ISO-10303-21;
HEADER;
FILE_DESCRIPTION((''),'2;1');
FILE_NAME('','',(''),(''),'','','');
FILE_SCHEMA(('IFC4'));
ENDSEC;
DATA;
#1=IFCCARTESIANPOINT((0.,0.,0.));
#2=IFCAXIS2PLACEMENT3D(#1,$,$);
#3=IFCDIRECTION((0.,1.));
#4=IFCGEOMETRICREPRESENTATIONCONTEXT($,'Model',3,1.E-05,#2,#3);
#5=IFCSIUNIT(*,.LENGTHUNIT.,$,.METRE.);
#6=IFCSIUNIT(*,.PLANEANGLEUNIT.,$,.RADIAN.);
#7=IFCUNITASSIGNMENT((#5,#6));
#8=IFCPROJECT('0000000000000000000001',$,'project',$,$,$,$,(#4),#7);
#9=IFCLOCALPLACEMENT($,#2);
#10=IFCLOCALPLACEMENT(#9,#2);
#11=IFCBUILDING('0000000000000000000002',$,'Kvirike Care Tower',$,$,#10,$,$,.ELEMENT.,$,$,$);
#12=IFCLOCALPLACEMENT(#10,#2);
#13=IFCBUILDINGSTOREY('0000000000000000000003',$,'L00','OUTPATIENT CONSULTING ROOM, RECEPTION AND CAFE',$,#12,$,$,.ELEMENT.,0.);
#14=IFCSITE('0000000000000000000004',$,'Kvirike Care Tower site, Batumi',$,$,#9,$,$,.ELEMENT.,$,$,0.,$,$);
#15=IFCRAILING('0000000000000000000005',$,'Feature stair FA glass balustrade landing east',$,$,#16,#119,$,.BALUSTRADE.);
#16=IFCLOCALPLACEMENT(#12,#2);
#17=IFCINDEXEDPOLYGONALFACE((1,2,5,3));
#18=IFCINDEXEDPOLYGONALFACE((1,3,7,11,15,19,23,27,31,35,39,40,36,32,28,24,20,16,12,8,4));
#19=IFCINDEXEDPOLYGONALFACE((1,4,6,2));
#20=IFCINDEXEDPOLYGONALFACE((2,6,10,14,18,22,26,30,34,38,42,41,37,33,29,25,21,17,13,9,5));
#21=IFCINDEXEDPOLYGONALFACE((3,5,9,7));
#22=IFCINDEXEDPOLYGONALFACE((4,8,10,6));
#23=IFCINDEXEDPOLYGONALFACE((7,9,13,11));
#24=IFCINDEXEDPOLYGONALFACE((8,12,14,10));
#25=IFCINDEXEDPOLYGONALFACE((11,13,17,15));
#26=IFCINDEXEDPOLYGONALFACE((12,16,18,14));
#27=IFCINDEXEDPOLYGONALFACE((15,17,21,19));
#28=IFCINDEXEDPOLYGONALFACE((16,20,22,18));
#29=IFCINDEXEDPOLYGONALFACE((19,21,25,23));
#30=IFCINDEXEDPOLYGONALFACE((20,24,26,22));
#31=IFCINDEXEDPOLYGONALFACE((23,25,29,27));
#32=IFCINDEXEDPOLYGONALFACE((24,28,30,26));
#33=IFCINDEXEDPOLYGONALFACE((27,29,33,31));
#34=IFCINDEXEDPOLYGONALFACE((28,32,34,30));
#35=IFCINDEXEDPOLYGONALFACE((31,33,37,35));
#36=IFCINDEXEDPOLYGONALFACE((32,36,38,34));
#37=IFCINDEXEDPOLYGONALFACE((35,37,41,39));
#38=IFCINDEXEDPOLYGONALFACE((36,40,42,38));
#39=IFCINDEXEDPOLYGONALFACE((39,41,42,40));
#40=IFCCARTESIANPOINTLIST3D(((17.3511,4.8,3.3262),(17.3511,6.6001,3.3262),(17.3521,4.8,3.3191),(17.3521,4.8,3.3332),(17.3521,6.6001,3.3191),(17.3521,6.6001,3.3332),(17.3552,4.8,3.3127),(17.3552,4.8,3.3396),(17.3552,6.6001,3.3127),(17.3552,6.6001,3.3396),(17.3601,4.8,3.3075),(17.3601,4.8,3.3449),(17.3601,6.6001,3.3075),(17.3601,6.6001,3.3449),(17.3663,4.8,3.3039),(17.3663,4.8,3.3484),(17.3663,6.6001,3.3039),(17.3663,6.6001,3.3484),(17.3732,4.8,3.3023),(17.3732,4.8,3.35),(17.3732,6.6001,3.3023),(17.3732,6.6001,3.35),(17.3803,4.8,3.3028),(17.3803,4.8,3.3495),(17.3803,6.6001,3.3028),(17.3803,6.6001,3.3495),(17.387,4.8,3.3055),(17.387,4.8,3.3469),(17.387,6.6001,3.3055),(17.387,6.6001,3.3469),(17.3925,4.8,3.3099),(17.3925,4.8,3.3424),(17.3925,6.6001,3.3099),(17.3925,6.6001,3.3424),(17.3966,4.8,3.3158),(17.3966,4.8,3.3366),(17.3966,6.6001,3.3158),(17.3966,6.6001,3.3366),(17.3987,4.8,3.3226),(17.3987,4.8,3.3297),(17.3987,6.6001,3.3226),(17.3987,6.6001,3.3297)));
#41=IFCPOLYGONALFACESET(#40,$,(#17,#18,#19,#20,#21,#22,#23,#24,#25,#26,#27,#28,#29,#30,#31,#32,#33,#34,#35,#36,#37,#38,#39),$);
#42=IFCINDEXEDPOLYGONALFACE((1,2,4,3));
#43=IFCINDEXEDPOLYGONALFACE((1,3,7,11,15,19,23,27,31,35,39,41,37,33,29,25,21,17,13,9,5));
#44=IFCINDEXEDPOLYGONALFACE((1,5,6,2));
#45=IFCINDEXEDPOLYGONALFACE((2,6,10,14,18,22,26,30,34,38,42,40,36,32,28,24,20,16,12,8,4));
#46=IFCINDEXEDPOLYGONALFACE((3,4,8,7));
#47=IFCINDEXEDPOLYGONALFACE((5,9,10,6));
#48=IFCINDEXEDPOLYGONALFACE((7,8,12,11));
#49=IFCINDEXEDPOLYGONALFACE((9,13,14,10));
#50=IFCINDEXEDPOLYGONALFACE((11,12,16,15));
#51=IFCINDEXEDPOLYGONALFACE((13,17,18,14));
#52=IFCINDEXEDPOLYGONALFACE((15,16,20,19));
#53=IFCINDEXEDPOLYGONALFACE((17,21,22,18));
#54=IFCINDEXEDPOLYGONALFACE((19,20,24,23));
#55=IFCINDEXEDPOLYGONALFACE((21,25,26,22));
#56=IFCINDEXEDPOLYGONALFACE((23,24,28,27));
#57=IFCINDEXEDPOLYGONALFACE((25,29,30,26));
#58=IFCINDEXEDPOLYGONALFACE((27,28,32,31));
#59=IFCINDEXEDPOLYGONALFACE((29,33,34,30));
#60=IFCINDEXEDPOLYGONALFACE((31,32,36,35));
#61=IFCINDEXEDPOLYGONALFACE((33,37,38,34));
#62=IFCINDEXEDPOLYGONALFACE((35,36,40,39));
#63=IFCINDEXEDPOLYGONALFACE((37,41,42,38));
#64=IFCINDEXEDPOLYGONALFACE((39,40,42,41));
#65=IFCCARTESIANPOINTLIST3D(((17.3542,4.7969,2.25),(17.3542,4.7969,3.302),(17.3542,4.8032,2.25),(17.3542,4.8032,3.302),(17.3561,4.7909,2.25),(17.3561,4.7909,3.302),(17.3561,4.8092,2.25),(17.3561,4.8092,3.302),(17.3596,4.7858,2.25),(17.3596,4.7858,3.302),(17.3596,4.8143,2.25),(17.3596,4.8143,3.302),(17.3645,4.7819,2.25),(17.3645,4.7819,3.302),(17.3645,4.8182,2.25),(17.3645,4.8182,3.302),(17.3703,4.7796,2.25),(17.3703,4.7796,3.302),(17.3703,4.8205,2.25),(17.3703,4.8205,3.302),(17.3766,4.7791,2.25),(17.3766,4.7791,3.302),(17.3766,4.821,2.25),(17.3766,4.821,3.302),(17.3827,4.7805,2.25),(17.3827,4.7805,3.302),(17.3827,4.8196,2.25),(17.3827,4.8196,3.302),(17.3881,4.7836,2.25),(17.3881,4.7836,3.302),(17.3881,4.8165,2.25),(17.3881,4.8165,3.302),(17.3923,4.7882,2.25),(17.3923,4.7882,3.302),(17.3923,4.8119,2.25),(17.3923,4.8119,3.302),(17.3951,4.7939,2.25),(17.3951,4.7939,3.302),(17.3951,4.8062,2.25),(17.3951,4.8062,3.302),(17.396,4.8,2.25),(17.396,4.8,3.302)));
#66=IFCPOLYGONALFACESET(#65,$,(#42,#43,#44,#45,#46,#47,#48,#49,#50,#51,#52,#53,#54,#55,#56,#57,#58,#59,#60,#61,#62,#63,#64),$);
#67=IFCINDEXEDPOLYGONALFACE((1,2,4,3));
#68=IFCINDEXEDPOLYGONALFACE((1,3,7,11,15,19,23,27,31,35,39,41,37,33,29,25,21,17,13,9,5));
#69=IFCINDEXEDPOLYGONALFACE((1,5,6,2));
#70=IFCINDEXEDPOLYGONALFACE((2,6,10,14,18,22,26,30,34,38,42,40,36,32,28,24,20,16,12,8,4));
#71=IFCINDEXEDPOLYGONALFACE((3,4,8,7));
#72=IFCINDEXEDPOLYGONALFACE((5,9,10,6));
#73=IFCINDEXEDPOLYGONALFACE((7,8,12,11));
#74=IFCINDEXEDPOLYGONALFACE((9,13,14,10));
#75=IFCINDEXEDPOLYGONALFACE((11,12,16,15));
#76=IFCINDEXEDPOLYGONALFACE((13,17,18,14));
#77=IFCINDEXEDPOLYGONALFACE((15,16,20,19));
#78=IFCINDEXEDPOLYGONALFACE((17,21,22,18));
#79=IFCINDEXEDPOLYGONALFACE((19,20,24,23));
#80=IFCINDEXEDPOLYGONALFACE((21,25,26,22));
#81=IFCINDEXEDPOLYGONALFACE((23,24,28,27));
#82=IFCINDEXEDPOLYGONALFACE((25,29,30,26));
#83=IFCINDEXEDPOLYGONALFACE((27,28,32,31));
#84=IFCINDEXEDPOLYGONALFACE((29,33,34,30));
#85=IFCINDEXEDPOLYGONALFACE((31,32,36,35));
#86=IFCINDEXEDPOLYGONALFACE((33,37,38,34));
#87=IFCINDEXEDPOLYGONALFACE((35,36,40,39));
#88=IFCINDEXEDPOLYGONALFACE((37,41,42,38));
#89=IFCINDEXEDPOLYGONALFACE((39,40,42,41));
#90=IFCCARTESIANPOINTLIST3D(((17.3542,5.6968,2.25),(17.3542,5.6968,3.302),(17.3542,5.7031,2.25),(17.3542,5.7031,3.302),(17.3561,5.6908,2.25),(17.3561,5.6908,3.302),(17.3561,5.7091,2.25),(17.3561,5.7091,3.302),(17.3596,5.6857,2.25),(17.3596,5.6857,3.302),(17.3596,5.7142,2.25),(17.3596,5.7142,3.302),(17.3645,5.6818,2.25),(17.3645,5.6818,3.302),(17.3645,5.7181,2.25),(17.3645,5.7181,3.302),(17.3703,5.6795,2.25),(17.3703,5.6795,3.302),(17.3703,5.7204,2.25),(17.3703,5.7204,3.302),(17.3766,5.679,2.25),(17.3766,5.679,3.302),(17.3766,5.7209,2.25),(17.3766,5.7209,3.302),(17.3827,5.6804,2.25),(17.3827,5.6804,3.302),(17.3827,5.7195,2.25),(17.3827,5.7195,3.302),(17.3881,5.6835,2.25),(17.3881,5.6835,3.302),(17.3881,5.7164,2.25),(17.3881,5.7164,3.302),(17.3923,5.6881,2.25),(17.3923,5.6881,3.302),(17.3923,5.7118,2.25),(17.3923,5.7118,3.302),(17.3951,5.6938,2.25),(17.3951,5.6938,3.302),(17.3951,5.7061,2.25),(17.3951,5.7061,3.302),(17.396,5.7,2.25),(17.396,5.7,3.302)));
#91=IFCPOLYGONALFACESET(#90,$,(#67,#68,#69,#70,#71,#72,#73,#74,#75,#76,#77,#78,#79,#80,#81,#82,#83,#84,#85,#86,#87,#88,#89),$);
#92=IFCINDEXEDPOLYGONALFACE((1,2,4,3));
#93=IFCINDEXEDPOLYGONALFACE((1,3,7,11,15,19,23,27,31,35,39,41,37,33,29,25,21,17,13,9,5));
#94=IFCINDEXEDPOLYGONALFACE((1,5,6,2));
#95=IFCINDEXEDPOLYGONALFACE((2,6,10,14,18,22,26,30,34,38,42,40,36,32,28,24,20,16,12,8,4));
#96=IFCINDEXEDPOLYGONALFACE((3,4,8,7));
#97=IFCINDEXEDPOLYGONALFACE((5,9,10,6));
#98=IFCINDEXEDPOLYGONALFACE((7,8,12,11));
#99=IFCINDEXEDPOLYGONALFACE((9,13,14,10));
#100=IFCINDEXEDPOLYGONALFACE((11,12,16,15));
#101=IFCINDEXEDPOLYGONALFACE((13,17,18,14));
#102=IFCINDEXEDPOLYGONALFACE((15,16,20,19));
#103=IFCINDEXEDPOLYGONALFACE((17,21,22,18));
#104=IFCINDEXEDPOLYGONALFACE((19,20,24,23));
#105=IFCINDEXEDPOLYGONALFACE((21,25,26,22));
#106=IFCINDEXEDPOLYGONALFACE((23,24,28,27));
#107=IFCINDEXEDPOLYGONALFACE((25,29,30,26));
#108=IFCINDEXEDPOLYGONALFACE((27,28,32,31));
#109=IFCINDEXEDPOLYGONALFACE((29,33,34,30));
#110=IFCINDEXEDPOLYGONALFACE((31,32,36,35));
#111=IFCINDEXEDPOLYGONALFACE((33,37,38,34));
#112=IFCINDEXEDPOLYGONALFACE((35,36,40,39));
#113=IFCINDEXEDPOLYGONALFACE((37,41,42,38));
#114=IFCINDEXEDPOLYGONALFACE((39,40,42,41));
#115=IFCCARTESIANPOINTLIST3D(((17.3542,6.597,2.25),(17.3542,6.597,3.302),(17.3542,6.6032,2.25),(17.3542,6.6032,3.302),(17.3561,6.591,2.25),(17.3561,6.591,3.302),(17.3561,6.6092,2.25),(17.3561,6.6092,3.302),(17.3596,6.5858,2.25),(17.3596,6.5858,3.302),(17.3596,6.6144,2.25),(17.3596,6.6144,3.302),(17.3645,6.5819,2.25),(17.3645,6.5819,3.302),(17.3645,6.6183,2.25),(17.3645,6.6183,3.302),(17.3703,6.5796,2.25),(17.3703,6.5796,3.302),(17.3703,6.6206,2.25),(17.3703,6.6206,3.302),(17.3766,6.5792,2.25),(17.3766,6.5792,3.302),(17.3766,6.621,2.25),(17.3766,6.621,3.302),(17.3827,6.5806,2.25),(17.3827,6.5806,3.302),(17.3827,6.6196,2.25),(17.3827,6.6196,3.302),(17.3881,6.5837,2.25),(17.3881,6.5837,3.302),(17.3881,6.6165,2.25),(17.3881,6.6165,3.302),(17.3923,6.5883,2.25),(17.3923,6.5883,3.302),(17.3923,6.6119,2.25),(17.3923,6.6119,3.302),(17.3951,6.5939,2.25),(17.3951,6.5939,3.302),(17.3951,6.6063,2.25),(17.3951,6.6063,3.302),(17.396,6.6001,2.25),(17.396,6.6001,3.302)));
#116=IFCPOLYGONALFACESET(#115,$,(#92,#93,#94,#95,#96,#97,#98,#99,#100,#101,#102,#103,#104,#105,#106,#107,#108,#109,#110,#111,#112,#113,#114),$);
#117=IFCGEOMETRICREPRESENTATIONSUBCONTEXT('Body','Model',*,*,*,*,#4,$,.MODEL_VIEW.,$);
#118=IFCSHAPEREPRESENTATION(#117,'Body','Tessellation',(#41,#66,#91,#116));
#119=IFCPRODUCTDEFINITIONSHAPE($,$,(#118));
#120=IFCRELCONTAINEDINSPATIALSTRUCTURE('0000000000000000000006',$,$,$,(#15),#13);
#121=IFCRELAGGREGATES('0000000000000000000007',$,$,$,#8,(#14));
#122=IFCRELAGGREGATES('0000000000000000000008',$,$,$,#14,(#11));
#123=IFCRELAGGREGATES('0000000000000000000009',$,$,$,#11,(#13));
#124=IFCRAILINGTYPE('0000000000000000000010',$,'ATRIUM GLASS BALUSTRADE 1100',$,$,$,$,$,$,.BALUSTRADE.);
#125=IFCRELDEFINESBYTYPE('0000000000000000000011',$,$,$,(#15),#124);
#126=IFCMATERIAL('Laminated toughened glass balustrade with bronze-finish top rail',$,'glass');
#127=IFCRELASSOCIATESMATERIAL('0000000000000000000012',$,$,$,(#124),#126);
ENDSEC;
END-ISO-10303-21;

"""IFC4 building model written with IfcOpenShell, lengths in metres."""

from ifc_helpers import new_model, si_unit, direction, frame, origin, origin_2d, place, context, subcontext, project, spatial, circle, extrude, material, type_object, element, save


model = new_model("IFC4")

# Units and contexts
model_context = context("Model", 3, precision=1e-05, world=origin(), true_north=direction((0.0, 1.0)))
body_context = subcontext(model_context, "Body", "Model", "MODEL_VIEW")
ifc_project = project(units=[si_unit("LENGTHUNIT", "METRE"), si_unit("PLANEANGLEUNIT", "RADIAN")], contexts=[model_context])

# Site, building, storey
site_placement = place(None, origin())
site = spatial("IfcSite", under=ifc_project, at=site_placement, Name="Kvirike Care Tower site, Batumi", CompositionType="ELEMENT", RefElevation=0.0)
building_placement = place(site_placement, origin())
building = spatial("IfcBuilding", under=site, at=building_placement, Name="Kvirike Care Tower", CompositionType="ELEMENT")
storey_placement = place(building_placement, origin())
storey = spatial("IfcBuildingStorey", under=building, at=storey_placement, Name="L00", Description="OUTPATIENT CONSULTING ROOM, RECEPTION AND CAFE", CompositionType="ELEMENT", Elevation=0.0)

# Railing
ifc_material_1 = material(Name="Laminated toughened glass balustrade with bronze-finish top rail", Category="glass")
railing_type_1 = type_object("IfcRailingType", Name="ATRIUM GLASS BALUSTRADE 1100", PredefinedType="BALUSTRADE", material=ifc_material_1)
railing_1_placement = place(storey_placement, frame((17.375, 4.8, 2.25)))
element("IfcRailing", 1, at=railing_1_placement, inside=storey, type_object=railing_type_1, Name="Feature stair FA glass balustrade landing east", PredefinedType="BALUSTRADE", context=body_context, shape_type="SweptSolid", body=[
    extrude(circle(Radius=0.0239, at=origin_2d()), frame((0.0, 0.0, 1.0762), z_axis=(0.0, 1.0, 0.0), x_axis=(-1.0, 0.0, 0.0)), (0.0, 0.0, 1.0), 1.8),
    extrude(circle(Radius=0.021, at=origin_2d()), origin(), (0.0, 0.0, 1.0), 1.052),
    extrude(circle(Radius=0.021, at=origin_2d()), frame((0.0, 0.8999, 0.0)), (0.0, 0.0, 1.0), 1.052),
    extrude(circle(Radius=0.021, at=origin_2d()), frame((0.0, 1.8, 0.0)), (0.0, 0.0, 1.0), 1.052),
])

save(model, "model.ifc")
